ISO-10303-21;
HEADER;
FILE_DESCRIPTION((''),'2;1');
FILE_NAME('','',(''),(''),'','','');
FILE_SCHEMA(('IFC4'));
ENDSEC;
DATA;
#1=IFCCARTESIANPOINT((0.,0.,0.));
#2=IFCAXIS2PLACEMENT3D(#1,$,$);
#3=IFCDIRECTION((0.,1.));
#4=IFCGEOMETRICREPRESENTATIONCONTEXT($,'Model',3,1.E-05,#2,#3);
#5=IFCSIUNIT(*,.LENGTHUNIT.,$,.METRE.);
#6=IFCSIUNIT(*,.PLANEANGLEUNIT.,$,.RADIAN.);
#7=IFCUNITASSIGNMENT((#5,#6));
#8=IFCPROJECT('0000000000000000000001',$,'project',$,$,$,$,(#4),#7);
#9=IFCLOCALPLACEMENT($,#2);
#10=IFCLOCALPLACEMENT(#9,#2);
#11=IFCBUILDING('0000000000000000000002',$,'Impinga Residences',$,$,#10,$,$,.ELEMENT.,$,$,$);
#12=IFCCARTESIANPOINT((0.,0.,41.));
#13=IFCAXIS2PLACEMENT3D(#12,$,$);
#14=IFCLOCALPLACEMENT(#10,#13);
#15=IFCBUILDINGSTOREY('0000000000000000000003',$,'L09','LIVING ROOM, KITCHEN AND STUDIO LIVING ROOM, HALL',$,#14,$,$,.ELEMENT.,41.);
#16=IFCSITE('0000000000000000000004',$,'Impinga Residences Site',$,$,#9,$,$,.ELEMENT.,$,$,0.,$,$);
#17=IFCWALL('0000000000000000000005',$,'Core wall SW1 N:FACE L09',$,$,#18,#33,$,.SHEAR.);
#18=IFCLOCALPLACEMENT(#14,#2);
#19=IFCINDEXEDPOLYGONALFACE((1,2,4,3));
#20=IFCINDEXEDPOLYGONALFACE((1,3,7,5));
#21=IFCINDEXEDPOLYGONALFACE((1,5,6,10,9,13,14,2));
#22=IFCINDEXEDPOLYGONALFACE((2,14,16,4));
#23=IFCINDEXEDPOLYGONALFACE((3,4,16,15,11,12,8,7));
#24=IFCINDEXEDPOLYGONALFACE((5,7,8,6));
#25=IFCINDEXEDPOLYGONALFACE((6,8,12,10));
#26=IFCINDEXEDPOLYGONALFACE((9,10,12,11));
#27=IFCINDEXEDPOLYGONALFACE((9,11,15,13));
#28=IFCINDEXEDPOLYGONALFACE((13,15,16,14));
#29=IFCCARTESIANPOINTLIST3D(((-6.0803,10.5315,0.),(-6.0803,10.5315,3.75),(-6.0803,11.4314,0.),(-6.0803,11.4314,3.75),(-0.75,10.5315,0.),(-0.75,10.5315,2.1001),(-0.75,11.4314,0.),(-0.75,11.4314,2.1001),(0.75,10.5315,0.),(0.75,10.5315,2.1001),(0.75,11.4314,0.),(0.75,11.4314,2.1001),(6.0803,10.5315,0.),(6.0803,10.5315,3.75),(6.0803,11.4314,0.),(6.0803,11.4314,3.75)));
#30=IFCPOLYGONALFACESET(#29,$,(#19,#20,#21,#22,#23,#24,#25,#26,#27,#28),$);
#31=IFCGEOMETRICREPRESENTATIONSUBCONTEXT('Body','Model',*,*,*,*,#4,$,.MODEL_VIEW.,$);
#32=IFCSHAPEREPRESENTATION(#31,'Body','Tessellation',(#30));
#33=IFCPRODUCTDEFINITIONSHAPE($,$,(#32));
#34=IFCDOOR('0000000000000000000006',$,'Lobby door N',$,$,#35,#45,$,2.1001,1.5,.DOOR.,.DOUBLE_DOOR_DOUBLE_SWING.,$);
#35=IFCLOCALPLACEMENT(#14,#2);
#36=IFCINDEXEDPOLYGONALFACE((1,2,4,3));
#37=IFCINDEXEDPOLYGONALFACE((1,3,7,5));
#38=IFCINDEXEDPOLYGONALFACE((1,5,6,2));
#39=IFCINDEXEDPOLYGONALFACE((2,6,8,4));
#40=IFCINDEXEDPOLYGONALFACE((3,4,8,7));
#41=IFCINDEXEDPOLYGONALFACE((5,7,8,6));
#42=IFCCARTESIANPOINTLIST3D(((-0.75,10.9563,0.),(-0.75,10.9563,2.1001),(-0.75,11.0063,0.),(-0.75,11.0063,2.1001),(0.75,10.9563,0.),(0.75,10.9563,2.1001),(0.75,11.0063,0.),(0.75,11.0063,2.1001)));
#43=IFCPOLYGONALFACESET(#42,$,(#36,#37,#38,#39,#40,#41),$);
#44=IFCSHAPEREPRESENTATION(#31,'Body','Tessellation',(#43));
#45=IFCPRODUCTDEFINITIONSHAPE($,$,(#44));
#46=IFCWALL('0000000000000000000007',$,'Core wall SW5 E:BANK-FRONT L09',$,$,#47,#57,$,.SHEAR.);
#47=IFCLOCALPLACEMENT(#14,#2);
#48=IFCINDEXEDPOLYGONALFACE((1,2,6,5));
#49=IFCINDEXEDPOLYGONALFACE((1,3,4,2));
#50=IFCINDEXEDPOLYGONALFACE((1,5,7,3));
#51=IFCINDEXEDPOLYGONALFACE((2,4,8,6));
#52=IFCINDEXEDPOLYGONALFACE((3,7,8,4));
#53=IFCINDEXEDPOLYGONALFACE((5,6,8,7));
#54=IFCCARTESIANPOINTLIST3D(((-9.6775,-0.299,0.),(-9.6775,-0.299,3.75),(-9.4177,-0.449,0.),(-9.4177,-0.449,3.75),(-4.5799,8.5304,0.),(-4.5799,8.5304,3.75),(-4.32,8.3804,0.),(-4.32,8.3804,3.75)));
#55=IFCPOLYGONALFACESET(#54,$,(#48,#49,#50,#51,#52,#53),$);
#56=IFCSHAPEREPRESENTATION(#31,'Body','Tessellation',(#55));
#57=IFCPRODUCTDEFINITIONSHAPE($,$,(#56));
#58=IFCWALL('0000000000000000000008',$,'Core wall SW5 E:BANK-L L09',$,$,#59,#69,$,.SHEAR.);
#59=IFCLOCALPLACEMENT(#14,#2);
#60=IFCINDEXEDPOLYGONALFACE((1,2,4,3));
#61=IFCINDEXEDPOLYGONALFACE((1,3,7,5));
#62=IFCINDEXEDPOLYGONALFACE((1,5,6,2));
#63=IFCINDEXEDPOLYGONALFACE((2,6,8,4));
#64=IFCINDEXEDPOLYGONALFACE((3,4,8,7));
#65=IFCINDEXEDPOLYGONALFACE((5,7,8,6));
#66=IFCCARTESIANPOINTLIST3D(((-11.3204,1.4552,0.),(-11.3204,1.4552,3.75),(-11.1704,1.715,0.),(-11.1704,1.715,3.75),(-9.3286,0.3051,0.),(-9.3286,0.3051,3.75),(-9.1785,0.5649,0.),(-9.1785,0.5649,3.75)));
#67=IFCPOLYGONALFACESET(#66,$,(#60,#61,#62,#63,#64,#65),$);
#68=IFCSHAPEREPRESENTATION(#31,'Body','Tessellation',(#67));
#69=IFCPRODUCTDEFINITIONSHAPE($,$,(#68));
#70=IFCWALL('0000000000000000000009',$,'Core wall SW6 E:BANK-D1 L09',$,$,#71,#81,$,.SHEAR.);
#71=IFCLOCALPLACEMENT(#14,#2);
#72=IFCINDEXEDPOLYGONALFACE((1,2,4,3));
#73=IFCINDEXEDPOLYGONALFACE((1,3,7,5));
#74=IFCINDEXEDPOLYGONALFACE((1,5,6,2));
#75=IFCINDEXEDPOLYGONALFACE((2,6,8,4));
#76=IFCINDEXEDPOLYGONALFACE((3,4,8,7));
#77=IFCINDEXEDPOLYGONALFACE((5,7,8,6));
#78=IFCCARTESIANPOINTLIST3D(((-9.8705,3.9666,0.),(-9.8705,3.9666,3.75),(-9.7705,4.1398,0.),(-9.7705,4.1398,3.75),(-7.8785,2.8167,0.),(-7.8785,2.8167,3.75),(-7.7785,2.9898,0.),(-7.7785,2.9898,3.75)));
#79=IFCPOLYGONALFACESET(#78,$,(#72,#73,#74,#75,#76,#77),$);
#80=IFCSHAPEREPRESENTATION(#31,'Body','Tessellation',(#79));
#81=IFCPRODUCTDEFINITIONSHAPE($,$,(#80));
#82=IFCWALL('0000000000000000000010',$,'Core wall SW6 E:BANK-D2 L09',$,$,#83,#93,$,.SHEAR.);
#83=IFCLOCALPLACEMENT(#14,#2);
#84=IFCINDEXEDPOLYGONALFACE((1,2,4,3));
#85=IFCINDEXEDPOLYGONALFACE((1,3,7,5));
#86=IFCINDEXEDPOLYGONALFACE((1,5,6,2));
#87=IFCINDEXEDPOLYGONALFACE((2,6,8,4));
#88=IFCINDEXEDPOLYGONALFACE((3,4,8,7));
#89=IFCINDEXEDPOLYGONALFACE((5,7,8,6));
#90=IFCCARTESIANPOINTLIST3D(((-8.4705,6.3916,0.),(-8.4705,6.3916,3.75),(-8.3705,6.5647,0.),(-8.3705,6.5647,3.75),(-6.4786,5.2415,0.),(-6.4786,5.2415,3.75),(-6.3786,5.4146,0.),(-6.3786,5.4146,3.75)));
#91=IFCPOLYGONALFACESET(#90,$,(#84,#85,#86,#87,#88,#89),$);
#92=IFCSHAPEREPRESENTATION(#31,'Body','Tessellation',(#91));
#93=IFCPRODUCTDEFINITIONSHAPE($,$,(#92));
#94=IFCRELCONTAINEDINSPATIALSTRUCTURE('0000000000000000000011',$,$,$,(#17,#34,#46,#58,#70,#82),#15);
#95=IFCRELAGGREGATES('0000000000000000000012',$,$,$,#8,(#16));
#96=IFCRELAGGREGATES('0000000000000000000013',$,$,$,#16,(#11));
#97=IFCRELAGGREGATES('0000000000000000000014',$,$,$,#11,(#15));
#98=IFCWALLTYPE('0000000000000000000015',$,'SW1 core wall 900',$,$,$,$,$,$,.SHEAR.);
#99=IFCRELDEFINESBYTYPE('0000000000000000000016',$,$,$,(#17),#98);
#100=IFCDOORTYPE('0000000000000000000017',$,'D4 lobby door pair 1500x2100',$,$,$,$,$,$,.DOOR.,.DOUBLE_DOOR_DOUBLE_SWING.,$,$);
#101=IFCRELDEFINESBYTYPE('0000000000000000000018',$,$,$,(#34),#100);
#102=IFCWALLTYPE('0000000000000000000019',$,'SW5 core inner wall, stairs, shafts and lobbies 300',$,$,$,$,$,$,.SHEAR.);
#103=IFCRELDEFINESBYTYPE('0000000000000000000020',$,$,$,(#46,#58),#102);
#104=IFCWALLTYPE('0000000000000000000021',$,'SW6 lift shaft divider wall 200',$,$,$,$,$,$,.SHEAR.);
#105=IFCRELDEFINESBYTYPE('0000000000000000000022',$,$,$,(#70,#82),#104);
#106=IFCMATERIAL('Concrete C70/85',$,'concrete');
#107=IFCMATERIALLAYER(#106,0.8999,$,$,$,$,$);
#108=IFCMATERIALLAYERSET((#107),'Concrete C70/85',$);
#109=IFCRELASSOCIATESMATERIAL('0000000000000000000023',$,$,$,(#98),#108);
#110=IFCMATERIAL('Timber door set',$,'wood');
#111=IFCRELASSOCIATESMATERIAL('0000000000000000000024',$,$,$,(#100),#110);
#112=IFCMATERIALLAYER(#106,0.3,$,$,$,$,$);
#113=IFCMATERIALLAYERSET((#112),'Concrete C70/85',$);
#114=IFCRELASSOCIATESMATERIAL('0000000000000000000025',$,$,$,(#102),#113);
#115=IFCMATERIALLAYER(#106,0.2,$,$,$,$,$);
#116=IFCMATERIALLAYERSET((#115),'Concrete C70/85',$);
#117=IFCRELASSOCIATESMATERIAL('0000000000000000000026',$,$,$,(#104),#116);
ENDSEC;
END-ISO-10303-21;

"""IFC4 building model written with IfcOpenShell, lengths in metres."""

from ifc_helpers import new_model, si_unit, direction, frame, frame_2d, origin, place, context, subcontext, project, spatial, rectangle, extrude, material, layer, layer_set, type_object, element, fill, save


model = new_model("IFC4")

# Units and contexts
model_context = context("Model", 3, precision=1e-05, world=origin(), true_north=direction((0.0, 1.0)))
body_context = subcontext(model_context, "Body", "Model", "MODEL_VIEW")
ifc_project = project(units=[si_unit("LENGTHUNIT", "METRE"), si_unit("PLANEANGLEUNIT", "RADIAN")], contexts=[model_context])

# Site, building, storey
site_placement = place(None, origin())
site = spatial("IfcSite", under=ifc_project, at=site_placement, Name="Impinga Residences Site", CompositionType="ELEMENT", RefElevation=0.0)
building_placement = place(site_placement, origin())
building = spatial("IfcBuilding", under=site, at=building_placement, Name="Impinga Residences", CompositionType="ELEMENT")
storey_placement = place(building_placement, frame((0.0, 0.0, 41.0)))
storey = spatial("IfcBuildingStorey", under=building, at=storey_placement, Name="L09", Description="LIVING ROOM, KITCHEN AND STUDIO LIVING ROOM, HALL", CompositionType="ELEMENT", Elevation=41.0)

# Shared definitions
ifc_material_1 = material(Name="Concrete C70/85", Category="concrete")

# Shared definitions
ifc_material_2 = material(Name="Timber door set", Category="wood")

# Wall, opening, door
ifc_layer_1 = layer(ifc_material_1, 0.8999)
ifc_layer_set_1 = layer_set([ifc_layer_1], Name="Concrete C70/85")
wall_type_1 = type_object("IfcWallType", Name="SW1 core wall 900", PredefinedType="SHEAR", material=ifc_layer_set_1)
wall_1_placement = place(storey_placement, frame((-6.0803, 10.9814, 0.0), z_axis=(0.0, 0.0, 1.0), x_axis=(1.0, 0.0, 0.0)))
wall_1 = element("IfcWall", 1, at=wall_1_placement, inside=storey, type_object=wall_type_1, Name="Core wall SW1 N:FACE L09", PredefinedType="SHEAR", context=body_context, shape_type="SweptSolid", body=[
    extrude(rectangle(XDim=12.1606, YDim=0.8999, at=frame_2d((6.0803, 0.0))), origin(), (0.0, 0.0, 1.0), 3.75),
])
opening_1_placement = place(wall_1_placement, frame((5.3303, 0.0, 0.0)))
opening_1 = element("IfcOpeningElement", 2, at=opening_1_placement, cuts=wall_1, PredefinedType="OPENING", context=body_context, shape_type="SweptSolid", body=[
    extrude(rectangle(XDim=1.5, YDim=2.1001, at=frame_2d((0.75, 1.05))), frame((0.0, 0.46, 0.0), z_axis=(0.0, -1.0, 0.0), x_axis=(1.0, 0.0, 0.0)), (0.0, 0.0, 1.0), 0.9199),
])
door_type_1 = type_object("IfcDoorType", Name="D4 lobby door pair 1500x2100", OperationType="DOUBLE_DOOR_DOUBLE_SWING", PredefinedType="DOOR", material=ifc_material_2)
door_1_placement = place(opening_1_placement, origin())
door_1 = element("IfcDoor", 3, at=door_1_placement, inside=storey, type_object=door_type_1, Name="Lobby door N", OperationType="DOUBLE_DOOR_DOUBLE_SWING", OverallHeight=2.1001, OverallWidth=1.5, PredefinedType="DOOR", context=body_context, shape_type="SweptSolid", body=[
    extrude(rectangle(XDim=1.5, YDim=2.1001, at=frame_2d((0.75, 1.05))), frame((0.0, 0.0249, 0.0), z_axis=(0.0, -1.0, 0.0), x_axis=(1.0, 0.0, 0.0)), (0.0, 0.0, 1.0), 0.05),
])
fill(opening_1, door_1)

# Walls
ifc_layer_2 = layer(ifc_material_1, 0.3)
ifc_layer_set_2 = layer_set([ifc_layer_2], Name="Concrete C70/85")
wall_type_2 = type_object("IfcWallType", Name="SW5 core inner wall, stairs, shafts and lobbies 300", PredefinedType="SHEAR", material=ifc_layer_set_2)
wall_2_placement = place(storey_placement, frame((-9.5476, -0.374, 0.0), z_axis=(0.0, 0.0, 1.0), x_axis=(0.500002, 0.866024, 0.0)))
element("IfcWall", 4, at=wall_2_placement, inside=storey, type_object=wall_type_2, Name="Core wall SW5 E:BANK-FRONT L09", PredefinedType="SHEAR", context=body_context, shape_type="SweptSolid", body=[
    extrude(rectangle(XDim=10.1953, YDim=0.3, at=frame_2d((5.0977, 0.0))), origin(), (0.0, 0.0, 1.0), 3.75),
])
wall_3_placement = place(storey_placement, frame((-9.2537, 0.4351, 0.0), z_axis=(0.0, 0.0, 1.0), x_axis=(-0.866007, 0.500032, 0.0)))
element("IfcWall", 5, at=wall_3_placement, inside=storey, type_object=wall_type_2, Name="Core wall SW5 E:BANK-L L09", PredefinedType="SHEAR", context=body_context, shape_type="SweptSolid", body=[
    extrude(rectangle(XDim=2.3, YDim=0.3, at=frame_2d((1.1499, 0.0))), origin(), (0.0, 0.0, 1.0), 3.75),
])
ifc_layer_3 = layer(ifc_material_1, 0.2)
ifc_layer_set_3 = layer_set([ifc_layer_3], Name="Concrete C70/85")
wall_type_3 = type_object("IfcWallType", Name="SW6 lift shaft divider wall 200", PredefinedType="SHEAR", material=ifc_layer_set_3)
for number, where, z_axis, x_axis, name in (
    (6, (-7.8286, 2.9033, 0.0), (0.0, 0.0, 1.0), (-0.866053, 0.499952, 0.0), "Core wall SW6 E:BANK-D1 L09"),
    (7, (-6.4287, 5.3281, 0.0), (0.0, 0.0, 1.0), (-0.866007, 0.500032, 0.0), "Core wall SW6 E:BANK-D2 L09"),
):
    element("IfcWall", number, at=place(storey_placement, frame(where, z_axis=z_axis, x_axis=x_axis)), inside=storey, type_object=wall_type_3, Name=name, PredefinedType="SHEAR", context=body_context, shape_type="SweptSolid", body=[
        extrude(rectangle(XDim=2.3, YDim=0.2, at=frame_2d((1.1499, 0.0))), origin(), (0.0, 0.0, 1.0), 3.75),
    ])

save(model, "model.ifc")
